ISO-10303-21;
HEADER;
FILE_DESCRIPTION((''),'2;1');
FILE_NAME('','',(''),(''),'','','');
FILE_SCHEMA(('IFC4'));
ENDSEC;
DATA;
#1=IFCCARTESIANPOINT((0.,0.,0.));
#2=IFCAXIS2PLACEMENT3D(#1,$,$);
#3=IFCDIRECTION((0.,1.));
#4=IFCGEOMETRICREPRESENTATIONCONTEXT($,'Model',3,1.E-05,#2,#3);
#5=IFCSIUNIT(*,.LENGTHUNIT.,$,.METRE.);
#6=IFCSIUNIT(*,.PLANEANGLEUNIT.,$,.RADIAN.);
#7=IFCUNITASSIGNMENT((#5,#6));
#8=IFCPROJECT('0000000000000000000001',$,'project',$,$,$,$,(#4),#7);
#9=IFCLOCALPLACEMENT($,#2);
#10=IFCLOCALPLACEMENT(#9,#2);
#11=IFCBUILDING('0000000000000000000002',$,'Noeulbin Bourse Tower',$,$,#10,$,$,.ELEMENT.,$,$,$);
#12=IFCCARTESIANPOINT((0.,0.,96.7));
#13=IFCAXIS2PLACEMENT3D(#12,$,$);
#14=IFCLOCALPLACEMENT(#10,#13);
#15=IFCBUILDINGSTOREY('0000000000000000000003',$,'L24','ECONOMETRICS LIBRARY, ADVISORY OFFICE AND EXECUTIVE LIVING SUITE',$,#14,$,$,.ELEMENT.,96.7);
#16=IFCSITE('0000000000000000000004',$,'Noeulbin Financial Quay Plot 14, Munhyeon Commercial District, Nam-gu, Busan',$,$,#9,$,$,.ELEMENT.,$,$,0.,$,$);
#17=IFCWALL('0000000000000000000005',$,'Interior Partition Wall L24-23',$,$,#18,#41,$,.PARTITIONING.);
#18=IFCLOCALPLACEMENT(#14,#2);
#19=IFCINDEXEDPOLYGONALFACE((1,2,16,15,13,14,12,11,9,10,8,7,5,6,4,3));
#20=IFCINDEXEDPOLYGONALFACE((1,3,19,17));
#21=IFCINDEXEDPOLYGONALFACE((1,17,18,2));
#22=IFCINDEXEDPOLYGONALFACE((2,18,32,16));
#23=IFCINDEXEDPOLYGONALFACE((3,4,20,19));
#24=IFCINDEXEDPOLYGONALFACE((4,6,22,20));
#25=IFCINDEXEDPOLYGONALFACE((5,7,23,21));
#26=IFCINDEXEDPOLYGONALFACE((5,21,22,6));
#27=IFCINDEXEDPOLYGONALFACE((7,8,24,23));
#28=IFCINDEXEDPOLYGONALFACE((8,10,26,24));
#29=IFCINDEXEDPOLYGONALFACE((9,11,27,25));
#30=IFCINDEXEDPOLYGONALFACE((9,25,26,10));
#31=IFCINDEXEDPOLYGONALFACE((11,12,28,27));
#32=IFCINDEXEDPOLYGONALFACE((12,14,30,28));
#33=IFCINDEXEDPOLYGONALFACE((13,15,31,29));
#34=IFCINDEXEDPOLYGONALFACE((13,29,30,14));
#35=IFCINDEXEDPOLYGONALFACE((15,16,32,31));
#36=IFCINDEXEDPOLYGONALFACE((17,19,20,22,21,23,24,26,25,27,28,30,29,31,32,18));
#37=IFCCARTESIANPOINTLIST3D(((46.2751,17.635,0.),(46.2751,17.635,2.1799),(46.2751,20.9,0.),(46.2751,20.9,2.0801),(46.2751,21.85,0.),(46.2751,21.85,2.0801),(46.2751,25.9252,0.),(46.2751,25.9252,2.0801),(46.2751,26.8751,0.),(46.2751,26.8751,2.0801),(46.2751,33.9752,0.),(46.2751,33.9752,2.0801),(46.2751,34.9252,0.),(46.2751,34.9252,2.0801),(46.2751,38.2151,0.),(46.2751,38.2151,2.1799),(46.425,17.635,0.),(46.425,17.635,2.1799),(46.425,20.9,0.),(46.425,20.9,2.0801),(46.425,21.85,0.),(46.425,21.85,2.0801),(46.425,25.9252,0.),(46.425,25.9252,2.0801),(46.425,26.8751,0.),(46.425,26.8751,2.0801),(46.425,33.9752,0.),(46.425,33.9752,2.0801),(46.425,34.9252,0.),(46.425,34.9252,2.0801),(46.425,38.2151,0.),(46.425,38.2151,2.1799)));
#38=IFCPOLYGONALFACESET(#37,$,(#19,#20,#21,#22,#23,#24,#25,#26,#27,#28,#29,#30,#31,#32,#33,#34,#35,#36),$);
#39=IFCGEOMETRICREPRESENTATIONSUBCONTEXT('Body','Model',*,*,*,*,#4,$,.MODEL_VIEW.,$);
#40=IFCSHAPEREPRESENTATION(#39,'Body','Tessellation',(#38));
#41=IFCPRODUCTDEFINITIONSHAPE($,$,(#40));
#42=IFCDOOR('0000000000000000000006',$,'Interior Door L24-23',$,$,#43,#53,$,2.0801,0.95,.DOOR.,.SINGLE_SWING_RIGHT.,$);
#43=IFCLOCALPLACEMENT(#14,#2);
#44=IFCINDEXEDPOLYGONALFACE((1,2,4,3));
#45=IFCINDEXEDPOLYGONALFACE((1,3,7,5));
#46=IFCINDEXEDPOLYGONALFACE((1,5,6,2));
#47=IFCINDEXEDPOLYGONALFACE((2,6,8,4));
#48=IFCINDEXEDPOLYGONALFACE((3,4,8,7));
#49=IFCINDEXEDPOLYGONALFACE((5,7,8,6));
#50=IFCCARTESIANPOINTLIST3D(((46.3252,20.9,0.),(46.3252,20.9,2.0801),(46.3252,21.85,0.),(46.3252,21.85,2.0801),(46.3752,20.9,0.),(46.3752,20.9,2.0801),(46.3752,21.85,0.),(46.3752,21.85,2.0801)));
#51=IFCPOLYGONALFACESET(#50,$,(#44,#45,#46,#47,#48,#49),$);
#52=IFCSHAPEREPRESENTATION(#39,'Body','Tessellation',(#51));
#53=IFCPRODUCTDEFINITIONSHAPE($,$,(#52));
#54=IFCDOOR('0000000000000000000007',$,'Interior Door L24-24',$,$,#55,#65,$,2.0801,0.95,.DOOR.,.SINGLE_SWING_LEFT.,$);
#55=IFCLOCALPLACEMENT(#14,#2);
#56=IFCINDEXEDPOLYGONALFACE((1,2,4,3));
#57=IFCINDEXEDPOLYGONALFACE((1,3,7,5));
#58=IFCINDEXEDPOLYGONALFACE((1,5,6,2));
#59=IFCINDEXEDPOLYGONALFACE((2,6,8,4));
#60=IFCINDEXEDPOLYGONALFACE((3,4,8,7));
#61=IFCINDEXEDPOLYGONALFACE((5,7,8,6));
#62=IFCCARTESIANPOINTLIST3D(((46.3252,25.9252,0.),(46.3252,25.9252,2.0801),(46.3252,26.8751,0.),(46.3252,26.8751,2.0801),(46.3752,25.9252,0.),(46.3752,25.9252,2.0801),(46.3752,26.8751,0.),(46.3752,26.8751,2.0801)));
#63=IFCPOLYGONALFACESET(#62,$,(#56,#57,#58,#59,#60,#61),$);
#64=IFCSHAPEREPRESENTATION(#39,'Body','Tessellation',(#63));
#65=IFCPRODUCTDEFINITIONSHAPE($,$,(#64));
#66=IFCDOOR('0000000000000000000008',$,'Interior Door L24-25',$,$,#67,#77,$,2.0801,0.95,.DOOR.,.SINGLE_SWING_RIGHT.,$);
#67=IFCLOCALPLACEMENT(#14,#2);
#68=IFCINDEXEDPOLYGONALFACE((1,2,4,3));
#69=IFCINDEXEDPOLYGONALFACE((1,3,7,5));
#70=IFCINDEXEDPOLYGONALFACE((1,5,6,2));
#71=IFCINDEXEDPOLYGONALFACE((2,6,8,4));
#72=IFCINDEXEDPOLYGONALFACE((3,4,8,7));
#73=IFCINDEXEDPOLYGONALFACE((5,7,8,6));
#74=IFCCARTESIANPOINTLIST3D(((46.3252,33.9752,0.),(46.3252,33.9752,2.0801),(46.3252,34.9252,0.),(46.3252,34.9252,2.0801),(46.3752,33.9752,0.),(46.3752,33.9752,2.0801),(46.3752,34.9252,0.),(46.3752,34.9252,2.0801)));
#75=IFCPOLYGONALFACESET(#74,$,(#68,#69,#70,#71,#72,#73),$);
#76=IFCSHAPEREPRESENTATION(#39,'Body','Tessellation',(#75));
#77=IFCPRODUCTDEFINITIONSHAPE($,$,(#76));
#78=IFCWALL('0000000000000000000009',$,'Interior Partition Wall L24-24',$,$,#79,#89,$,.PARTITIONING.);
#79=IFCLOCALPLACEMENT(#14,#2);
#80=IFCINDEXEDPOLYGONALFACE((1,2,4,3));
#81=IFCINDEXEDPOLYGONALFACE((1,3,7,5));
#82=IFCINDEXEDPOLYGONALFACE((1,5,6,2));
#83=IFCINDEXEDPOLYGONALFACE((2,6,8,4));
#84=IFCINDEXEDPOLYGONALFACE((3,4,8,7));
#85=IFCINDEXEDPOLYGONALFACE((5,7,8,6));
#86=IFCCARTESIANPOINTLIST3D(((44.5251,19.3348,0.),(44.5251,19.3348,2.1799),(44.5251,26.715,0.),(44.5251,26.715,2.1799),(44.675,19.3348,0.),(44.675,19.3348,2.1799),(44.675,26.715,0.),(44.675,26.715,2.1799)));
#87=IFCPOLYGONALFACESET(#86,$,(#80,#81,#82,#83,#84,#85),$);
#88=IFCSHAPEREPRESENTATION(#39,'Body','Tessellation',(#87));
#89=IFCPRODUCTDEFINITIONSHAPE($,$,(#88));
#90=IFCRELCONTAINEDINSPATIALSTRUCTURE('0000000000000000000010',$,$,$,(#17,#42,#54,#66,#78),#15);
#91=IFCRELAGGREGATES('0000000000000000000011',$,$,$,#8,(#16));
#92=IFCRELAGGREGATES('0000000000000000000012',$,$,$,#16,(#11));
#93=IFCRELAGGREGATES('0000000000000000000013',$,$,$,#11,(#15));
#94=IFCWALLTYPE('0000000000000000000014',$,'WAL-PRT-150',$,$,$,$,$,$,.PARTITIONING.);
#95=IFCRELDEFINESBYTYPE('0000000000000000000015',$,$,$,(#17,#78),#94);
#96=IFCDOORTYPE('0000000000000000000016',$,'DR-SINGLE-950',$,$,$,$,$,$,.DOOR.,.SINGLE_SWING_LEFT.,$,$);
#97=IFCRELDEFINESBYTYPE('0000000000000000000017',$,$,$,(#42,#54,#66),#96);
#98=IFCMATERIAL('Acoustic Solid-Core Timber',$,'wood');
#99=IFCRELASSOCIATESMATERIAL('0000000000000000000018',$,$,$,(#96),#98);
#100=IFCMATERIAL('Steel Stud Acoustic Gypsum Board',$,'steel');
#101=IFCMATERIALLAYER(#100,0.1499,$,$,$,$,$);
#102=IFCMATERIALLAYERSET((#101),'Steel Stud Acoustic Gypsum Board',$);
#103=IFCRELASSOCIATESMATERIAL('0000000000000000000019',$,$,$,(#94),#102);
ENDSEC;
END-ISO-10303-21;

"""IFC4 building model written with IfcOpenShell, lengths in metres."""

from ifc_helpers import new_model, si_unit, direction, frame, frame_2d, origin, place, context, subcontext, project, spatial, rectangle, extrude, material, layer, layer_set, type_object, element, fill, save


model = new_model("IFC4")

# Units and contexts
model_context = context("Model", 3, precision=1e-05, world=origin(), true_north=direction((0.0, 1.0)))
body_context = subcontext(model_context, "Body", "Model", "MODEL_VIEW")
ifc_project = project(units=[si_unit("LENGTHUNIT", "METRE"), si_unit("PLANEANGLEUNIT", "RADIAN")], contexts=[model_context])

# Site, building, storey
site_placement = place(None, origin())
site = spatial("IfcSite", under=ifc_project, at=site_placement, Name="Noeulbin Financial Quay Plot 14, Munhyeon Commercial District, Nam-gu, Busan", CompositionType="ELEMENT", RefElevation=0.0)
building_placement = place(site_placement, origin())
building = spatial("IfcBuilding", under=site, at=building_placement, Name="Noeulbin Bourse Tower", CompositionType="ELEMENT")
storey_placement = place(building_placement, frame((0.0, 0.0, 96.7)))
storey = spatial("IfcBuildingStorey", under=building, at=storey_placement, Name="L24", Description="ECONOMETRICS LIBRARY, ADVISORY OFFICE AND EXECUTIVE LIVING SUITE", CompositionType="ELEMENT", Elevation=96.7)

# Shared definitions
ifc_material_1 = material(Name="Acoustic Solid-Core Timber", Category="wood")
door_type = type_object("IfcDoorType", Name="DR-SINGLE-950", OperationType="SINGLE_SWING_LEFT", PredefinedType="DOOR", material=ifc_material_1)

# Wall, openings, doors
ifc_material_2 = material(Name="Steel Stud Acoustic Gypsum Board", Category="steel")
ifc_layer_1 = layer(ifc_material_2, 0.1499)
ifc_layer_set_1 = layer_set([ifc_layer_1], Name="Steel Stud Acoustic Gypsum Board")
wall_type_1 = type_object("IfcWallType", Name="WAL-PRT-150", PredefinedType="PARTITIONING", material=ifc_layer_set_1)
wall_1_placement = place(storey_placement, frame((46.3501, 17.635, 0.0), z_axis=(0.0, 0.0, 1.0), x_axis=(0.0, 1.0, 0.0)))
wall_1 = element("IfcWall", 1, at=wall_1_placement, inside=storey, type_object=wall_type_1, Name="Interior Partition Wall L24-23", PredefinedType="PARTITIONING", context=body_context, shape_type="SweptSolid", body=[
    extrude(rectangle(XDim=20.5801, YDim=0.1499, at=frame_2d((10.29, 0.0))), origin(), (0.0, 0.0, 1.0), 2.1799),
])
opening_1_placement = place(wall_1_placement, frame((3.2649, 0.0, 0.0)))
opening_1 = element("IfcOpeningElement", 2, at=opening_1_placement, cuts=wall_1, PredefinedType="OPENING", context=body_context, shape_type="SweptSolid", body=[
    extrude(rectangle(XDim=0.95, YDim=2.0801, at=frame_2d((0.4751, 1.04))), frame((0.0, 0.085, 0.0), z_axis=(0.0, -1.0, 0.0), x_axis=(1.0, 0.0, 0.0)), (0.0, 0.0, 1.0), 0.1699),
])
opening_2_placement = place(wall_1_placement, frame((8.29, 0.0, 0.0)))
opening_2 = element("IfcOpeningElement", 3, at=opening_2_placement, cuts=wall_1, PredefinedType="OPENING", context=body_context, shape_type="SweptSolid", body=[
    extrude(rectangle(XDim=0.95, YDim=2.0801, at=frame_2d((0.4751, 1.04))), frame((0.0, 0.085, 0.0), z_axis=(0.0, -1.0, 0.0), x_axis=(1.0, 0.0, 0.0)), (0.0, 0.0, 1.0), 0.1699),
])
opening_3_placement = place(wall_1_placement, frame((16.3401, 0.0, 0.0)))
opening_3 = element("IfcOpeningElement", 4, at=opening_3_placement, cuts=wall_1, PredefinedType="OPENING", context=body_context, shape_type="SweptSolid", body=[
    extrude(rectangle(XDim=0.95, YDim=2.0801, at=frame_2d((0.4751, 1.04))), frame((0.0, 0.085, 0.0), z_axis=(0.0, -1.0, 0.0), x_axis=(1.0, 0.0, 0.0)), (0.0, 0.0, 1.0), 0.1699),
])
door_1_placement = place(opening_1_placement, origin())
door_1 = element("IfcDoor", 5, at=door_1_placement, inside=storey, type_object=door_type, Name="Interior Door L24-23", OperationType="SINGLE_SWING_RIGHT", OverallHeight=2.0801, OverallWidth=0.95, PredefinedType="DOOR", context=body_context, shape_type="SweptSolid", body=[
    extrude(rectangle(XDim=0.95, YDim=2.0801, at=frame_2d((0.4751, 1.04))), frame((0.0, 0.0249, 0.0), z_axis=(0.0, -1.0, 0.0), x_axis=(1.0, 0.0, 0.0)), (0.0, 0.0, 1.0), 0.05),
])
fill(opening_1, door_1)
door_2_placement = place(opening_2_placement, origin())
door_2 = element("IfcDoor", 6, at=door_2_placement, inside=storey, type_object=door_type, Name="Interior Door L24-24", OperationType="SINGLE_SWING_LEFT", OverallHeight=2.0801, OverallWidth=0.95, PredefinedType="DOOR", context=body_context, shape_type="SweptSolid", body=[
    extrude(rectangle(XDim=0.95, YDim=2.0801, at=frame_2d((0.4751, 1.04))), frame((0.0, 0.0249, 0.0), z_axis=(0.0, -1.0, 0.0), x_axis=(1.0, 0.0, 0.0)), (0.0, 0.0, 1.0), 0.05),
])
fill(opening_2, door_2)
door_3_placement = place(opening_3_placement, origin())
door_3 = element("IfcDoor", 7, at=door_3_placement, inside=storey, type_object=door_type, Name="Interior Door L24-25", OperationType="SINGLE_SWING_RIGHT", OverallHeight=2.0801, OverallWidth=0.95, PredefinedType="DOOR", context=body_context, shape_type="SweptSolid", body=[
    extrude(rectangle(XDim=0.95, YDim=2.0801, at=frame_2d((0.4751, 1.04))), frame((0.0, 0.0249, 0.0), z_axis=(0.0, -1.0, 0.0), x_axis=(1.0, 0.0, 0.0)), (0.0, 0.0, 1.0), 0.05),
])
fill(opening_3, door_3)

# Wall
wall_2_placement = place(storey_placement, frame((44.6001, 19.335, 0.0), z_axis=(0.0, 0.0, 1.0), x_axis=(0.0, 1.0, 0.0)))
element("IfcWall", 8, at=wall_2_placement, inside=storey, type_object=wall_type_1, Name="Interior Partition Wall L24-24", PredefinedType="PARTITIONING", context=body_context, shape_type="SweptSolid", body=[
    extrude(rectangle(XDim=7.3801, YDim=0.1499, at=frame_2d((3.6899, 0.0))), origin(), (0.0, 0.0, 1.0), 2.1799),
])

save(model, "model.ifc")
